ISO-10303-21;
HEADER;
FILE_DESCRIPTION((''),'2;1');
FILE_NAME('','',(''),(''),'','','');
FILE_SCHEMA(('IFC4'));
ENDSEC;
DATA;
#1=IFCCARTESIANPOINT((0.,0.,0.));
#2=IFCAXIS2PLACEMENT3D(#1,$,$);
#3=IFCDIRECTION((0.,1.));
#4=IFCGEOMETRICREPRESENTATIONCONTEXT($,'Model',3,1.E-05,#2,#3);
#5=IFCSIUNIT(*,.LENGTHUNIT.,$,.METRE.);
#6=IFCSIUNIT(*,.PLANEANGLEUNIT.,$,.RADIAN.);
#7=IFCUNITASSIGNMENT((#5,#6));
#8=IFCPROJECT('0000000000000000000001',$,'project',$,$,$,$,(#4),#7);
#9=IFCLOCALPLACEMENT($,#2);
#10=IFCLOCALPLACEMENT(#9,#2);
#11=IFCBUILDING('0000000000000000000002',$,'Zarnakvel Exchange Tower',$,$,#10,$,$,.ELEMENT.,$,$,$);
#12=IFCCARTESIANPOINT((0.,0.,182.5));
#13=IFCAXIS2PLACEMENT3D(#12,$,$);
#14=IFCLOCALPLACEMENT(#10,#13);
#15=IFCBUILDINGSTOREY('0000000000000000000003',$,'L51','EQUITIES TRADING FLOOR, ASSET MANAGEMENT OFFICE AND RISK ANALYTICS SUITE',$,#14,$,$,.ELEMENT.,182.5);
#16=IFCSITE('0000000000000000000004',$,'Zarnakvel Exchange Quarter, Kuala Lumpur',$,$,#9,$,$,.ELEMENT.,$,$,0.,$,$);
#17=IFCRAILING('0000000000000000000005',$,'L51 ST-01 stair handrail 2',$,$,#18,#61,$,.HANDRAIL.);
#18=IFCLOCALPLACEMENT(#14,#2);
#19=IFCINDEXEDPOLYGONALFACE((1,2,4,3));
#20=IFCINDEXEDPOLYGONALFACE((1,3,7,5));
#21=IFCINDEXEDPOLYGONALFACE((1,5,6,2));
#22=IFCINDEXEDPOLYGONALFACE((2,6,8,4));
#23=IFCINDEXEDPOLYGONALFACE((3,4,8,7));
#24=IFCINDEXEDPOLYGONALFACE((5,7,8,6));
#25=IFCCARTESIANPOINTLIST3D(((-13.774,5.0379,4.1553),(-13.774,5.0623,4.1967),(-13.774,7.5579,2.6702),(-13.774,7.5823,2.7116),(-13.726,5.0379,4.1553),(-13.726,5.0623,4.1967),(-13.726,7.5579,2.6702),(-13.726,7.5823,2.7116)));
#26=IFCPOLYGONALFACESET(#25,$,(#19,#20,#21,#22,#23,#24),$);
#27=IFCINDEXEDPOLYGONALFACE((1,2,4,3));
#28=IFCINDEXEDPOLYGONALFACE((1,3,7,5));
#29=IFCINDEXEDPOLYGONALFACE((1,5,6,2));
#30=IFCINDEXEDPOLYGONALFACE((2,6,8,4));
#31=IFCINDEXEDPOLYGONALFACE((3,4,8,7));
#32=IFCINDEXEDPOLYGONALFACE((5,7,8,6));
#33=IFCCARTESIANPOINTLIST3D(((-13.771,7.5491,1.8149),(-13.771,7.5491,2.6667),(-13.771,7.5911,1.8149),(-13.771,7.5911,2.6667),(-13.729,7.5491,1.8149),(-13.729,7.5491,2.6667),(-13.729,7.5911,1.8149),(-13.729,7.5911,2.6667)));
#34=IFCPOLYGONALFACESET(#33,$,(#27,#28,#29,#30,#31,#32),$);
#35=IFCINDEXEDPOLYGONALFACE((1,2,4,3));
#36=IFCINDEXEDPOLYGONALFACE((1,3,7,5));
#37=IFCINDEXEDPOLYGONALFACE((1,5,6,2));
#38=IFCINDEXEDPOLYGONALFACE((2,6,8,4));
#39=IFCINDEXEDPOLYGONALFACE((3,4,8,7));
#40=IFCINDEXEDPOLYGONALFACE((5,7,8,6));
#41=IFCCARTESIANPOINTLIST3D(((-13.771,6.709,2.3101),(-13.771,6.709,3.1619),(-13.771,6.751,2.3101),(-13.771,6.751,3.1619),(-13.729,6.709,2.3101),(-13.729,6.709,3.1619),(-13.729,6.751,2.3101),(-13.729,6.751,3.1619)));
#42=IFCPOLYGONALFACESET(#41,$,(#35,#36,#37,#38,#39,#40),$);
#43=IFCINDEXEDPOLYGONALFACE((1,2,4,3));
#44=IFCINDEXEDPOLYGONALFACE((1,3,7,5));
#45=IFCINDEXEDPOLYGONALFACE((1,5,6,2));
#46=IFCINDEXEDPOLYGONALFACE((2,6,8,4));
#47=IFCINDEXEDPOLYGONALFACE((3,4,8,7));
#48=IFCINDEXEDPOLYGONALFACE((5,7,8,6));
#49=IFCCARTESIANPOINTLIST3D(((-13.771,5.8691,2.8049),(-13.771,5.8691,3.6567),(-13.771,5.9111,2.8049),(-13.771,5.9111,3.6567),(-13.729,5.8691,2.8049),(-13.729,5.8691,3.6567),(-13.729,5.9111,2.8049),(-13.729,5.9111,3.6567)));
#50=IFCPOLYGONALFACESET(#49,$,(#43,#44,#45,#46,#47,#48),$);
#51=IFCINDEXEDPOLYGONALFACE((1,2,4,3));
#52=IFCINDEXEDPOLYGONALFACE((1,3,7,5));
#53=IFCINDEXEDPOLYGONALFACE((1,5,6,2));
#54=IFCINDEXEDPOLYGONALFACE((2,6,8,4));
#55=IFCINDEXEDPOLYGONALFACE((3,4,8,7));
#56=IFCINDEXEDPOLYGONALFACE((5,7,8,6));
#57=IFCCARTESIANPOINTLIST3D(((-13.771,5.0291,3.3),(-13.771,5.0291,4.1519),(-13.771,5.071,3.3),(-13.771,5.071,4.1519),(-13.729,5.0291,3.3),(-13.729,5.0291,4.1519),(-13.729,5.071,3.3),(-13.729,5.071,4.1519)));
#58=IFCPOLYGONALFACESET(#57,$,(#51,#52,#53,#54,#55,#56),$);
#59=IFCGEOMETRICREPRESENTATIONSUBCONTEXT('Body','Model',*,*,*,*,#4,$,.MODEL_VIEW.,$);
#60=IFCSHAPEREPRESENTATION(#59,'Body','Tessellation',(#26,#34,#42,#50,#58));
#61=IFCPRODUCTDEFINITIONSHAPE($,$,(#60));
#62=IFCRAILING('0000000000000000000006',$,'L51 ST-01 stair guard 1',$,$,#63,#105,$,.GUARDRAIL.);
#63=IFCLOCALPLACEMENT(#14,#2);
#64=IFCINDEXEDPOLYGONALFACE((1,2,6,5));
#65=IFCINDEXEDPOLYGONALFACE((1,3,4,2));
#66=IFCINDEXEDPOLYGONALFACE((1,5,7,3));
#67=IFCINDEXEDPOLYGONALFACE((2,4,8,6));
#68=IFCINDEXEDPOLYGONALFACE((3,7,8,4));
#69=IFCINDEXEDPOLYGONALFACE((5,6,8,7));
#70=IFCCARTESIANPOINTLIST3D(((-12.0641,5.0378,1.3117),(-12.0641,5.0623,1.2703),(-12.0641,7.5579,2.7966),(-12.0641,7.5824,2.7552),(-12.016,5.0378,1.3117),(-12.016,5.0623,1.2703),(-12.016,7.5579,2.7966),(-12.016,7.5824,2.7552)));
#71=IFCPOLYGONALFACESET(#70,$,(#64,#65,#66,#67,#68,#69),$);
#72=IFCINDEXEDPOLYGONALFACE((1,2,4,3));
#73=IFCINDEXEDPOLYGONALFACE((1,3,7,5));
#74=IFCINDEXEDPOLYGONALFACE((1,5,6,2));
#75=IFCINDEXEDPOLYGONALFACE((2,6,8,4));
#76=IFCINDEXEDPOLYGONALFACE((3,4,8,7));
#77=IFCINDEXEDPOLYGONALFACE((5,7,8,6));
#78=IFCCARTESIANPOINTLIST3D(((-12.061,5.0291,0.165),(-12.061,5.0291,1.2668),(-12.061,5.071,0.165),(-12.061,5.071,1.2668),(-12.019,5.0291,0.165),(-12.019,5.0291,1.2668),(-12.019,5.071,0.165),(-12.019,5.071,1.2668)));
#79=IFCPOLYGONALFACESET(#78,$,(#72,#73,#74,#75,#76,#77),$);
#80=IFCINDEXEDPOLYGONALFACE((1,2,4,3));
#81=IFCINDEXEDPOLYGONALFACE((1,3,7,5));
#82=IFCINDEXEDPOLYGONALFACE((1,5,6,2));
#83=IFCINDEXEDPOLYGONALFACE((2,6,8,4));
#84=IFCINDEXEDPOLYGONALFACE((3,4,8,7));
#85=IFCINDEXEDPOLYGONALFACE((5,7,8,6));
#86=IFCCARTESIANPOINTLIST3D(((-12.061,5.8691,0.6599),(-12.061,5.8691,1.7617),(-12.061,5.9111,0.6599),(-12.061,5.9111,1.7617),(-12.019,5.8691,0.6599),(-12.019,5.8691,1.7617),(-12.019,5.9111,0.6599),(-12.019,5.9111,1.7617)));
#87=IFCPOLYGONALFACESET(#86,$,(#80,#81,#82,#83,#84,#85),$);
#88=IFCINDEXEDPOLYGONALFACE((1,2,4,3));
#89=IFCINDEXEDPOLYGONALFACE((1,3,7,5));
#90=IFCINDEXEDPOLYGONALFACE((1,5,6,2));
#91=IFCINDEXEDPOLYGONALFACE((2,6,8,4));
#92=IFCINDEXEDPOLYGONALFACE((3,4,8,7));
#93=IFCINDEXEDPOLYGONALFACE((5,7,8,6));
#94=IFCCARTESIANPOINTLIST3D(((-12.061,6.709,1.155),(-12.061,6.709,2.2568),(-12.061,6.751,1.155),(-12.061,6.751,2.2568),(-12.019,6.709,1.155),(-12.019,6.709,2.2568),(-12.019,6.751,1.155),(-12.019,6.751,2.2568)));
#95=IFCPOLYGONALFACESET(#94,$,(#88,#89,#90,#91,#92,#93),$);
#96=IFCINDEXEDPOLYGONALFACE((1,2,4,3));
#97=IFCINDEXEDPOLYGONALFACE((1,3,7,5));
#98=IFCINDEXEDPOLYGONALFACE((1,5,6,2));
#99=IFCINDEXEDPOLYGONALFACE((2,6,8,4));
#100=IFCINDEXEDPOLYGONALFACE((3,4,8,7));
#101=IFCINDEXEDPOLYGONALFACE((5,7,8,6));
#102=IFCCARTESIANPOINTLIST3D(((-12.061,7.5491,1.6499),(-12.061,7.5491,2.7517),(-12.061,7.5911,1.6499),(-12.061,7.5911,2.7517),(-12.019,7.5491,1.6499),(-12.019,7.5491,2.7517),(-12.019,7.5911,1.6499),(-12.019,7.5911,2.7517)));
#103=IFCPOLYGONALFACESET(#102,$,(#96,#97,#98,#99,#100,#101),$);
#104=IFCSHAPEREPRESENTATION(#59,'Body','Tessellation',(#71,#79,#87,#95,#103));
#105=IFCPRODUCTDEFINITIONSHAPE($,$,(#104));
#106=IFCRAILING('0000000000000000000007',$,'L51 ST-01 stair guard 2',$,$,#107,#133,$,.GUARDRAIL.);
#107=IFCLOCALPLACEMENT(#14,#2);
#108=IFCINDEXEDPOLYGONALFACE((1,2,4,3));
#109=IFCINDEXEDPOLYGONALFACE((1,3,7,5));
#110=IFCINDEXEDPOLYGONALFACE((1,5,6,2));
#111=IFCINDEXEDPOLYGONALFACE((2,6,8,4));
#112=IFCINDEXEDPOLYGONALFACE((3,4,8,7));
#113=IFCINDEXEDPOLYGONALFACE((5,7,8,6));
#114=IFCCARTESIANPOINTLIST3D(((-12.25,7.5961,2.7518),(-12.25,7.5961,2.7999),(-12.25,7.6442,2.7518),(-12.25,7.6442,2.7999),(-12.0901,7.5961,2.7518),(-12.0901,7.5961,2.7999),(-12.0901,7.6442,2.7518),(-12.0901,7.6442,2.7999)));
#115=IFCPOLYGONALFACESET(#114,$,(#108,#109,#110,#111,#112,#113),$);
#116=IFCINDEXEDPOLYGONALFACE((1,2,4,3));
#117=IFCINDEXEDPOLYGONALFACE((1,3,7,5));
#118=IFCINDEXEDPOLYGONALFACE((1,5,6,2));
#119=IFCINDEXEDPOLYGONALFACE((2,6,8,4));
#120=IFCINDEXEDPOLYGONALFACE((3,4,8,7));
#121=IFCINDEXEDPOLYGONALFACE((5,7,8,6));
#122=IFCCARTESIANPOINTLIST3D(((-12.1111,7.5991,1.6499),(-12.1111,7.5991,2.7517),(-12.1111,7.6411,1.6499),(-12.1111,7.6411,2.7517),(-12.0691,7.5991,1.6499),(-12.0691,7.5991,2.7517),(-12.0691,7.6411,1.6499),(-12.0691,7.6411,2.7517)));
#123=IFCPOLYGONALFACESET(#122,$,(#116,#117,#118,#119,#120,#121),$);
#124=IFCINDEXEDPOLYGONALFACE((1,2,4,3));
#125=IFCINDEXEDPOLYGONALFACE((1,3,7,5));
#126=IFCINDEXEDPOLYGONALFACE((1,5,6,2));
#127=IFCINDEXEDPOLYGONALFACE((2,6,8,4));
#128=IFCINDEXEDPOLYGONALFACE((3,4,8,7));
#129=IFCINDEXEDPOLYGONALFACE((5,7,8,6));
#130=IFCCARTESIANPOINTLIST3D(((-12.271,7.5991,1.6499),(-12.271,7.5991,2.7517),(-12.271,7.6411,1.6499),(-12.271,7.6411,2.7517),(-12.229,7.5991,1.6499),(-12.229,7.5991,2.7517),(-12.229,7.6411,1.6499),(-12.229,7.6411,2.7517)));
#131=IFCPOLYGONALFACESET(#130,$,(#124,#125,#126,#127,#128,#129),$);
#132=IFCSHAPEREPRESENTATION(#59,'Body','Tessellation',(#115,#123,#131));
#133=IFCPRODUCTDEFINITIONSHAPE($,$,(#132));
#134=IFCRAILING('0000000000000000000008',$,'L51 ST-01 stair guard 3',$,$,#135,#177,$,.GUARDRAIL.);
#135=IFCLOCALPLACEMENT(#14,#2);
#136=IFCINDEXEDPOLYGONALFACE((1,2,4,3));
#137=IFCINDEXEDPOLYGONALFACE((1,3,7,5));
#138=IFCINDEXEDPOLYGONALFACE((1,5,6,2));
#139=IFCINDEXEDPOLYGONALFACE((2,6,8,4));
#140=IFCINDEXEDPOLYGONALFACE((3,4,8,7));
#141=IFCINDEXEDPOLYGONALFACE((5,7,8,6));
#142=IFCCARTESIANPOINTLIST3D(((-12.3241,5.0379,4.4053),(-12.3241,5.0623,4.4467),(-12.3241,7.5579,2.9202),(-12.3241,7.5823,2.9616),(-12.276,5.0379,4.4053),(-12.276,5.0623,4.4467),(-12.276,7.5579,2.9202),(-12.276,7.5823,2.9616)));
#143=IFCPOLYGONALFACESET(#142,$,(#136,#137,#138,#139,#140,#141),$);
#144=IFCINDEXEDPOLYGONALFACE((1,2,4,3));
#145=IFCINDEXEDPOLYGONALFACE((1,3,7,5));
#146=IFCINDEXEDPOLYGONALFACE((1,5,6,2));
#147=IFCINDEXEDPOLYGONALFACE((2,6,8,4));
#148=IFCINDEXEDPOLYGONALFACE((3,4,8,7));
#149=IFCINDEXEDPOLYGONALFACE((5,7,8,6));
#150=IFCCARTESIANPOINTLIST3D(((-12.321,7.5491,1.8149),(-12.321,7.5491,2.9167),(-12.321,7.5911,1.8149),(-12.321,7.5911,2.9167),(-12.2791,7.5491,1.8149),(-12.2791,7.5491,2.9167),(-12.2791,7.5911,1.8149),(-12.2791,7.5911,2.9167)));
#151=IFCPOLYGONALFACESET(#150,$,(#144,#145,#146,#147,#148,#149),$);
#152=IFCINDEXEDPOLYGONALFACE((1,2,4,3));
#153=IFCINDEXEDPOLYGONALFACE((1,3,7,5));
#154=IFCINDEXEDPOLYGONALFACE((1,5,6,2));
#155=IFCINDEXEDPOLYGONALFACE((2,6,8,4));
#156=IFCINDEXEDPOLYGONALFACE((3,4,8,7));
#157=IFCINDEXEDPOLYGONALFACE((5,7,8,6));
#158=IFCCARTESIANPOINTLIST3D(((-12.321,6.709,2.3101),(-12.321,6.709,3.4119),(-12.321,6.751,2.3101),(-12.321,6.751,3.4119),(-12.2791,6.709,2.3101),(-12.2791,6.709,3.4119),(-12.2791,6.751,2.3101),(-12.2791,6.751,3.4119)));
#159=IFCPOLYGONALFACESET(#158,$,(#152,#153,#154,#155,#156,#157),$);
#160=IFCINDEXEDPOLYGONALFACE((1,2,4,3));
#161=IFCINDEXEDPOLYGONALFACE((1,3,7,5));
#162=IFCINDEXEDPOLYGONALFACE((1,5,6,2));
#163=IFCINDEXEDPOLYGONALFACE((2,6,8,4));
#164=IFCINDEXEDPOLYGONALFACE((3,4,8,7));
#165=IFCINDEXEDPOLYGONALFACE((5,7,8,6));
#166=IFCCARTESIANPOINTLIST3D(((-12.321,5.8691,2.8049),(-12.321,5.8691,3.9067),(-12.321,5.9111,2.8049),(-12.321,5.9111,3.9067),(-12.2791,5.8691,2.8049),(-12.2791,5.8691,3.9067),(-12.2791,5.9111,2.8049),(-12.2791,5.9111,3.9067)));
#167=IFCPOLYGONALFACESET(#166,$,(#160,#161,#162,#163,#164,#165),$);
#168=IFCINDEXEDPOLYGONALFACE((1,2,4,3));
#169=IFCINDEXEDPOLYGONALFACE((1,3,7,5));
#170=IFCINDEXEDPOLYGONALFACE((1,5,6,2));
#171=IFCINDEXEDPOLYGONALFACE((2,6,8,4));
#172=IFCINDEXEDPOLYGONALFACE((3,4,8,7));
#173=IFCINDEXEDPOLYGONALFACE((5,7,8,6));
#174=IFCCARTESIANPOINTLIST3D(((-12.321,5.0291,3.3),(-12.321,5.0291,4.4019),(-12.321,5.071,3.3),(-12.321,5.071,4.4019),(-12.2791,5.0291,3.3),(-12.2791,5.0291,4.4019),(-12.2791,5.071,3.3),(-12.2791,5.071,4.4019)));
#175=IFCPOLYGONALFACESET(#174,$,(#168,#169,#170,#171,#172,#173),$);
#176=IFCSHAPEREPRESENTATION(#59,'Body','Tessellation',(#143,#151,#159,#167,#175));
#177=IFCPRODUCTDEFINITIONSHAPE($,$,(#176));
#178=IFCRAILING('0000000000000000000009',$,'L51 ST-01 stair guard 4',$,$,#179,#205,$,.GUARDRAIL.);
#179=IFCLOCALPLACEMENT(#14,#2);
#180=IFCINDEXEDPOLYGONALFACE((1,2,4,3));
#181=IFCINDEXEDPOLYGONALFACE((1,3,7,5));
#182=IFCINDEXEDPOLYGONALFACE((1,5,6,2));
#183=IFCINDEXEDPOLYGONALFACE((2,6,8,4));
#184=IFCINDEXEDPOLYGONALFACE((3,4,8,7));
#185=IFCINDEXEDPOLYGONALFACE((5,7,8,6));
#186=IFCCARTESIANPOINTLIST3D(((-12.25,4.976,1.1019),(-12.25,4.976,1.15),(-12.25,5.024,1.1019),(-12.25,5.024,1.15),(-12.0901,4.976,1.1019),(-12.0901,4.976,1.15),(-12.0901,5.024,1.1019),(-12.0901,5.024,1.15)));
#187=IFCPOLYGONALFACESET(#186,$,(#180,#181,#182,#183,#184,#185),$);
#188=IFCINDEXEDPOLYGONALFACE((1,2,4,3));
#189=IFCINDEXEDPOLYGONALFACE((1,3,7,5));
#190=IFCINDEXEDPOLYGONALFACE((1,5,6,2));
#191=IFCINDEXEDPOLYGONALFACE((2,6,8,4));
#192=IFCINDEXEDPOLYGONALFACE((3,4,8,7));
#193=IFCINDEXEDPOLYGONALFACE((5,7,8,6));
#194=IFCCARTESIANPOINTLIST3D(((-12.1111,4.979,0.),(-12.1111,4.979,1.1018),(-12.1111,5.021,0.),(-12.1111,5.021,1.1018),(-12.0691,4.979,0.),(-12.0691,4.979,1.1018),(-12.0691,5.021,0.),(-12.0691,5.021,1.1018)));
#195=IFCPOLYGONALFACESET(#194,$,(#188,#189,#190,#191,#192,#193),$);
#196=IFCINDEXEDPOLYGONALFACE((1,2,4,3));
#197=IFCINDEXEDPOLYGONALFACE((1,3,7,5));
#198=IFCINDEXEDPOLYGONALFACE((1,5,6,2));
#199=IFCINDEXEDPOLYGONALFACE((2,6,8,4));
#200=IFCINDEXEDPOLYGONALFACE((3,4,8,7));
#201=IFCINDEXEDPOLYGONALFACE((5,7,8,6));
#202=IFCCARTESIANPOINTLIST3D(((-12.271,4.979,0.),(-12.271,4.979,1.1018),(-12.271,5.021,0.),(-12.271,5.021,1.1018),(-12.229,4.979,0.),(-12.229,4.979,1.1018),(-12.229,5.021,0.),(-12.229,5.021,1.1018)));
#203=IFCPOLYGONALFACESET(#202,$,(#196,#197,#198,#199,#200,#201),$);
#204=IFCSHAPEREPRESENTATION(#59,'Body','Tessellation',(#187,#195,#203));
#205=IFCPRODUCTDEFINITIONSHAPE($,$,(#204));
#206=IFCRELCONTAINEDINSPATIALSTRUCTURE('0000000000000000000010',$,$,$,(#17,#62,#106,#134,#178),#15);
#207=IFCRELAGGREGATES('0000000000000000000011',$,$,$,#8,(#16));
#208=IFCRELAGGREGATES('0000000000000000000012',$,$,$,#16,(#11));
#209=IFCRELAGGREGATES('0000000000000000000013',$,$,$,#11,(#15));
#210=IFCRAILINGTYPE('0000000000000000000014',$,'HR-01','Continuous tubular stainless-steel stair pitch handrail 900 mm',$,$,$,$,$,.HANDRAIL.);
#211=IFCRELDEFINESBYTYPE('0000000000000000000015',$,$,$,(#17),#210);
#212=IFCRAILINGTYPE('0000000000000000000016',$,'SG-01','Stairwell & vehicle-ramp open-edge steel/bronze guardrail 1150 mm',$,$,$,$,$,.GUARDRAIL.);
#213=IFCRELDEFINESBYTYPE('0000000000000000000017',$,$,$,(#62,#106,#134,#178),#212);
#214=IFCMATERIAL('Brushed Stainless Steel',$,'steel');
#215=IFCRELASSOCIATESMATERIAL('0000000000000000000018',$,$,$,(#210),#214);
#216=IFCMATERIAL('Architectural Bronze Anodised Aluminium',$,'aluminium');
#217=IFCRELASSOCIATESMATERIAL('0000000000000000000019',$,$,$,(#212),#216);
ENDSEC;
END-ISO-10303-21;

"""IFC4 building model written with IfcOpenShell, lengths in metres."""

from ifc_helpers import new_model, si_unit, direction, frame, origin, origin_2d, place, context, subcontext, project, spatial, rectangle, extrude, material, type_object, element, save


model = new_model("IFC4")

# Units and contexts
model_context = context("Model", 3, precision=1e-05, world=origin(), true_north=direction((0.0, 1.0)))
body_context = subcontext(model_context, "Body", "Model", "MODEL_VIEW")
ifc_project = project(units=[si_unit("LENGTHUNIT", "METRE"), si_unit("PLANEANGLEUNIT", "RADIAN")], contexts=[model_context])

# Site, building, storey
site_placement = place(None, origin())
site = spatial("IfcSite", under=ifc_project, at=site_placement, Name="Zarnakvel Exchange Quarter, Kuala Lumpur", CompositionType="ELEMENT", RefElevation=0.0)
building_placement = place(site_placement, origin())
building = spatial("IfcBuilding", under=site, at=building_placement, Name="Zarnakvel Exchange Tower", CompositionType="ELEMENT")
storey_placement = place(building_placement, frame((0.0, 0.0, 182.5)))
storey = spatial("IfcBuildingStorey", under=building, at=storey_placement, Name="L51", Description="EQUITIES TRADING FLOOR, ASSET MANAGEMENT OFFICE AND RISK ANALYTICS SUITE", CompositionType="ELEMENT", Elevation=182.5)

# Shared definitions
ifc_material_1 = material(Name="Architectural Bronze Anodised Aluminium", Category="aluminium")

# Railings
ifc_material_2 = material(Name="Brushed Stainless Steel", Category="steel")
railing_type_1 = type_object("IfcRailingType", Name="HR-01", Description="Continuous tubular stainless-steel stair pitch handrail 900 mm", PredefinedType="HANDRAIL", material=ifc_material_2)
railing_1_placement = place(storey_placement, frame((-13.75, 7.5701, 1.8149)))
element("IfcRailing", 1, at=railing_1_placement, inside=storey, type_object=railing_type_1, Name="L51 ST-01 stair handrail 2", PredefinedType="HANDRAIL", context=body_context, shape_type="SweptSolid", body=[
    extrude(rectangle(XDim=0.0481, YDim=0.0481, at=origin_2d()), frame((0.0, 0.0, 0.876), z_axis=(0.0, -0.861524, 0.507717), x_axis=(1.0, 0.0, 0.0)), (0.0, 0.0, 1.0), 2.925),
    extrude(rectangle(XDim=0.042, YDim=0.042, at=origin_2d()), origin(), (0.0, 0.0, 1.0), 0.8518),
    extrude(rectangle(XDim=0.042, YDim=0.042, at=origin_2d()), frame((0.0, -0.8401, 0.4951)), (0.0, 0.0, 1.0), 0.8518),
    extrude(rectangle(XDim=0.042, YDim=0.042, at=origin_2d()), frame((0.0, -1.6799, 0.99)), (0.0, 0.0, 1.0), 0.8518),
    extrude(rectangle(XDim=0.042, YDim=0.042, at=origin_2d()), frame((0.0, -2.52, 1.4851)), (0.0, 0.0, 1.0), 0.8518),
])
railing_type_2 = type_object("IfcRailingType", Name="SG-01", Description="Stairwell & vehicle-ramp open-edge steel/bronze guardrail 1150 mm", PredefinedType="GUARDRAIL", material=ifc_material_1)
railing_2_placement = place(storey_placement, frame((-12.04, 5.05, 0.165)))
element("IfcRailing", 2, at=railing_2_placement, inside=storey, type_object=railing_type_2, Name="L51 ST-01 stair guard 1", PredefinedType="GUARDRAIL", context=body_context, shape_type="SweptSolid", body=[
    extrude(rectangle(XDim=0.0481, YDim=0.0481, at=origin_2d()), frame((0.0, 0.0, 1.126), z_axis=(0.0, 0.861561, 0.507655), x_axis=(-1.0, 0.0, 0.0)), (0.0, 0.0, 1.0), 2.925),
    extrude(rectangle(XDim=0.042, YDim=0.042, at=origin_2d()), origin(), (0.0, 0.0, 1.0), 1.1018),
    extrude(rectangle(XDim=0.042, YDim=0.042, at=origin_2d()), frame((0.0, 0.8401, 0.4949)), (0.0, 0.0, 1.0), 1.1018),
    extrude(rectangle(XDim=0.042, YDim=0.042, at=origin_2d()), frame((0.0, 1.6799, 0.99)), (0.0, 0.0, 1.0), 1.1018),
    extrude(rectangle(XDim=0.042, YDim=0.042, at=origin_2d()), frame((0.0, 2.52, 1.4849)), (0.0, 0.0, 1.0), 1.1018),
])
railing_3_placement = place(storey_placement, frame((-12.0901, 7.6201, 1.6499)))
element("IfcRailing", 3, at=railing_3_placement, inside=storey, type_object=railing_type_2, Name="L51 ST-01 stair guard 2", PredefinedType="GUARDRAIL", context=body_context, shape_type="SweptSolid", body=[
    extrude(rectangle(XDim=0.0481, YDim=0.0481, at=origin_2d()), frame((0.0, 0.0, 1.126), z_axis=(-1.0, 0.0, 0.0), x_axis=(0.0, -1.0, 0.0)), (0.0, 0.0, 1.0), 0.1599),
    extrude(rectangle(XDim=0.042, YDim=0.042, at=origin_2d()), origin(), (0.0, 0.0, 1.0), 1.1018),
    extrude(rectangle(XDim=0.042, YDim=0.042, at=origin_2d()), frame((-0.1599, 0.0, 0.0)), (0.0, 0.0, 1.0), 1.1018),
])
railing_4_placement = place(storey_placement, frame((-12.3, 7.5701, 1.8149)))
element("IfcRailing", 4, at=railing_4_placement, inside=storey, type_object=railing_type_2, Name="L51 ST-01 stair guard 3", PredefinedType="GUARDRAIL", context=body_context, shape_type="SweptSolid", body=[
    extrude(rectangle(XDim=0.0481, YDim=0.0481, at=origin_2d()), frame((0.0, 0.0, 1.126), z_axis=(0.0, -0.861524, 0.507717), x_axis=(1.0, 0.0, 0.0)), (0.0, 0.0, 1.0), 2.925),
    extrude(rectangle(XDim=0.042, YDim=0.042, at=origin_2d()), origin(), (0.0, 0.0, 1.0), 1.1018),
    extrude(rectangle(XDim=0.042, YDim=0.042, at=origin_2d()), frame((0.0, -0.8401, 0.4951)), (0.0, 0.0, 1.0), 1.1018),
    extrude(rectangle(XDim=0.042, YDim=0.042, at=origin_2d()), frame((0.0, -1.6799, 0.99)), (0.0, 0.0, 1.0), 1.1018),
    extrude(rectangle(XDim=0.042, YDim=0.042, at=origin_2d()), frame((0.0, -2.52, 1.4851)), (0.0, 0.0, 1.0), 1.1018),
])
railing_5_placement = place(storey_placement, frame((-12.0901, 5.0, 0.0)))
element("IfcRailing", 5, at=railing_5_placement, inside=storey, type_object=railing_type_2, Name="L51 ST-01 stair guard 4", PredefinedType="GUARDRAIL", context=body_context, shape_type="SweptSolid", body=[
    extrude(rectangle(XDim=0.0481, YDim=0.0481, at=origin_2d()), frame((0.0, 0.0, 1.126), z_axis=(-1.0, 0.0, 0.0), x_axis=(0.0, -1.0, 0.0)), (0.0, 0.0, 1.0), 0.1599),
    extrude(rectangle(XDim=0.042, YDim=0.042, at=origin_2d()), origin(), (0.0, 0.0, 1.0), 1.1018),
    extrude(rectangle(XDim=0.042, YDim=0.042, at=origin_2d()), frame((-0.1599, 0.0, 0.0)), (0.0, 0.0, 1.0), 1.1018),
])

save(model, "model.ifc")
